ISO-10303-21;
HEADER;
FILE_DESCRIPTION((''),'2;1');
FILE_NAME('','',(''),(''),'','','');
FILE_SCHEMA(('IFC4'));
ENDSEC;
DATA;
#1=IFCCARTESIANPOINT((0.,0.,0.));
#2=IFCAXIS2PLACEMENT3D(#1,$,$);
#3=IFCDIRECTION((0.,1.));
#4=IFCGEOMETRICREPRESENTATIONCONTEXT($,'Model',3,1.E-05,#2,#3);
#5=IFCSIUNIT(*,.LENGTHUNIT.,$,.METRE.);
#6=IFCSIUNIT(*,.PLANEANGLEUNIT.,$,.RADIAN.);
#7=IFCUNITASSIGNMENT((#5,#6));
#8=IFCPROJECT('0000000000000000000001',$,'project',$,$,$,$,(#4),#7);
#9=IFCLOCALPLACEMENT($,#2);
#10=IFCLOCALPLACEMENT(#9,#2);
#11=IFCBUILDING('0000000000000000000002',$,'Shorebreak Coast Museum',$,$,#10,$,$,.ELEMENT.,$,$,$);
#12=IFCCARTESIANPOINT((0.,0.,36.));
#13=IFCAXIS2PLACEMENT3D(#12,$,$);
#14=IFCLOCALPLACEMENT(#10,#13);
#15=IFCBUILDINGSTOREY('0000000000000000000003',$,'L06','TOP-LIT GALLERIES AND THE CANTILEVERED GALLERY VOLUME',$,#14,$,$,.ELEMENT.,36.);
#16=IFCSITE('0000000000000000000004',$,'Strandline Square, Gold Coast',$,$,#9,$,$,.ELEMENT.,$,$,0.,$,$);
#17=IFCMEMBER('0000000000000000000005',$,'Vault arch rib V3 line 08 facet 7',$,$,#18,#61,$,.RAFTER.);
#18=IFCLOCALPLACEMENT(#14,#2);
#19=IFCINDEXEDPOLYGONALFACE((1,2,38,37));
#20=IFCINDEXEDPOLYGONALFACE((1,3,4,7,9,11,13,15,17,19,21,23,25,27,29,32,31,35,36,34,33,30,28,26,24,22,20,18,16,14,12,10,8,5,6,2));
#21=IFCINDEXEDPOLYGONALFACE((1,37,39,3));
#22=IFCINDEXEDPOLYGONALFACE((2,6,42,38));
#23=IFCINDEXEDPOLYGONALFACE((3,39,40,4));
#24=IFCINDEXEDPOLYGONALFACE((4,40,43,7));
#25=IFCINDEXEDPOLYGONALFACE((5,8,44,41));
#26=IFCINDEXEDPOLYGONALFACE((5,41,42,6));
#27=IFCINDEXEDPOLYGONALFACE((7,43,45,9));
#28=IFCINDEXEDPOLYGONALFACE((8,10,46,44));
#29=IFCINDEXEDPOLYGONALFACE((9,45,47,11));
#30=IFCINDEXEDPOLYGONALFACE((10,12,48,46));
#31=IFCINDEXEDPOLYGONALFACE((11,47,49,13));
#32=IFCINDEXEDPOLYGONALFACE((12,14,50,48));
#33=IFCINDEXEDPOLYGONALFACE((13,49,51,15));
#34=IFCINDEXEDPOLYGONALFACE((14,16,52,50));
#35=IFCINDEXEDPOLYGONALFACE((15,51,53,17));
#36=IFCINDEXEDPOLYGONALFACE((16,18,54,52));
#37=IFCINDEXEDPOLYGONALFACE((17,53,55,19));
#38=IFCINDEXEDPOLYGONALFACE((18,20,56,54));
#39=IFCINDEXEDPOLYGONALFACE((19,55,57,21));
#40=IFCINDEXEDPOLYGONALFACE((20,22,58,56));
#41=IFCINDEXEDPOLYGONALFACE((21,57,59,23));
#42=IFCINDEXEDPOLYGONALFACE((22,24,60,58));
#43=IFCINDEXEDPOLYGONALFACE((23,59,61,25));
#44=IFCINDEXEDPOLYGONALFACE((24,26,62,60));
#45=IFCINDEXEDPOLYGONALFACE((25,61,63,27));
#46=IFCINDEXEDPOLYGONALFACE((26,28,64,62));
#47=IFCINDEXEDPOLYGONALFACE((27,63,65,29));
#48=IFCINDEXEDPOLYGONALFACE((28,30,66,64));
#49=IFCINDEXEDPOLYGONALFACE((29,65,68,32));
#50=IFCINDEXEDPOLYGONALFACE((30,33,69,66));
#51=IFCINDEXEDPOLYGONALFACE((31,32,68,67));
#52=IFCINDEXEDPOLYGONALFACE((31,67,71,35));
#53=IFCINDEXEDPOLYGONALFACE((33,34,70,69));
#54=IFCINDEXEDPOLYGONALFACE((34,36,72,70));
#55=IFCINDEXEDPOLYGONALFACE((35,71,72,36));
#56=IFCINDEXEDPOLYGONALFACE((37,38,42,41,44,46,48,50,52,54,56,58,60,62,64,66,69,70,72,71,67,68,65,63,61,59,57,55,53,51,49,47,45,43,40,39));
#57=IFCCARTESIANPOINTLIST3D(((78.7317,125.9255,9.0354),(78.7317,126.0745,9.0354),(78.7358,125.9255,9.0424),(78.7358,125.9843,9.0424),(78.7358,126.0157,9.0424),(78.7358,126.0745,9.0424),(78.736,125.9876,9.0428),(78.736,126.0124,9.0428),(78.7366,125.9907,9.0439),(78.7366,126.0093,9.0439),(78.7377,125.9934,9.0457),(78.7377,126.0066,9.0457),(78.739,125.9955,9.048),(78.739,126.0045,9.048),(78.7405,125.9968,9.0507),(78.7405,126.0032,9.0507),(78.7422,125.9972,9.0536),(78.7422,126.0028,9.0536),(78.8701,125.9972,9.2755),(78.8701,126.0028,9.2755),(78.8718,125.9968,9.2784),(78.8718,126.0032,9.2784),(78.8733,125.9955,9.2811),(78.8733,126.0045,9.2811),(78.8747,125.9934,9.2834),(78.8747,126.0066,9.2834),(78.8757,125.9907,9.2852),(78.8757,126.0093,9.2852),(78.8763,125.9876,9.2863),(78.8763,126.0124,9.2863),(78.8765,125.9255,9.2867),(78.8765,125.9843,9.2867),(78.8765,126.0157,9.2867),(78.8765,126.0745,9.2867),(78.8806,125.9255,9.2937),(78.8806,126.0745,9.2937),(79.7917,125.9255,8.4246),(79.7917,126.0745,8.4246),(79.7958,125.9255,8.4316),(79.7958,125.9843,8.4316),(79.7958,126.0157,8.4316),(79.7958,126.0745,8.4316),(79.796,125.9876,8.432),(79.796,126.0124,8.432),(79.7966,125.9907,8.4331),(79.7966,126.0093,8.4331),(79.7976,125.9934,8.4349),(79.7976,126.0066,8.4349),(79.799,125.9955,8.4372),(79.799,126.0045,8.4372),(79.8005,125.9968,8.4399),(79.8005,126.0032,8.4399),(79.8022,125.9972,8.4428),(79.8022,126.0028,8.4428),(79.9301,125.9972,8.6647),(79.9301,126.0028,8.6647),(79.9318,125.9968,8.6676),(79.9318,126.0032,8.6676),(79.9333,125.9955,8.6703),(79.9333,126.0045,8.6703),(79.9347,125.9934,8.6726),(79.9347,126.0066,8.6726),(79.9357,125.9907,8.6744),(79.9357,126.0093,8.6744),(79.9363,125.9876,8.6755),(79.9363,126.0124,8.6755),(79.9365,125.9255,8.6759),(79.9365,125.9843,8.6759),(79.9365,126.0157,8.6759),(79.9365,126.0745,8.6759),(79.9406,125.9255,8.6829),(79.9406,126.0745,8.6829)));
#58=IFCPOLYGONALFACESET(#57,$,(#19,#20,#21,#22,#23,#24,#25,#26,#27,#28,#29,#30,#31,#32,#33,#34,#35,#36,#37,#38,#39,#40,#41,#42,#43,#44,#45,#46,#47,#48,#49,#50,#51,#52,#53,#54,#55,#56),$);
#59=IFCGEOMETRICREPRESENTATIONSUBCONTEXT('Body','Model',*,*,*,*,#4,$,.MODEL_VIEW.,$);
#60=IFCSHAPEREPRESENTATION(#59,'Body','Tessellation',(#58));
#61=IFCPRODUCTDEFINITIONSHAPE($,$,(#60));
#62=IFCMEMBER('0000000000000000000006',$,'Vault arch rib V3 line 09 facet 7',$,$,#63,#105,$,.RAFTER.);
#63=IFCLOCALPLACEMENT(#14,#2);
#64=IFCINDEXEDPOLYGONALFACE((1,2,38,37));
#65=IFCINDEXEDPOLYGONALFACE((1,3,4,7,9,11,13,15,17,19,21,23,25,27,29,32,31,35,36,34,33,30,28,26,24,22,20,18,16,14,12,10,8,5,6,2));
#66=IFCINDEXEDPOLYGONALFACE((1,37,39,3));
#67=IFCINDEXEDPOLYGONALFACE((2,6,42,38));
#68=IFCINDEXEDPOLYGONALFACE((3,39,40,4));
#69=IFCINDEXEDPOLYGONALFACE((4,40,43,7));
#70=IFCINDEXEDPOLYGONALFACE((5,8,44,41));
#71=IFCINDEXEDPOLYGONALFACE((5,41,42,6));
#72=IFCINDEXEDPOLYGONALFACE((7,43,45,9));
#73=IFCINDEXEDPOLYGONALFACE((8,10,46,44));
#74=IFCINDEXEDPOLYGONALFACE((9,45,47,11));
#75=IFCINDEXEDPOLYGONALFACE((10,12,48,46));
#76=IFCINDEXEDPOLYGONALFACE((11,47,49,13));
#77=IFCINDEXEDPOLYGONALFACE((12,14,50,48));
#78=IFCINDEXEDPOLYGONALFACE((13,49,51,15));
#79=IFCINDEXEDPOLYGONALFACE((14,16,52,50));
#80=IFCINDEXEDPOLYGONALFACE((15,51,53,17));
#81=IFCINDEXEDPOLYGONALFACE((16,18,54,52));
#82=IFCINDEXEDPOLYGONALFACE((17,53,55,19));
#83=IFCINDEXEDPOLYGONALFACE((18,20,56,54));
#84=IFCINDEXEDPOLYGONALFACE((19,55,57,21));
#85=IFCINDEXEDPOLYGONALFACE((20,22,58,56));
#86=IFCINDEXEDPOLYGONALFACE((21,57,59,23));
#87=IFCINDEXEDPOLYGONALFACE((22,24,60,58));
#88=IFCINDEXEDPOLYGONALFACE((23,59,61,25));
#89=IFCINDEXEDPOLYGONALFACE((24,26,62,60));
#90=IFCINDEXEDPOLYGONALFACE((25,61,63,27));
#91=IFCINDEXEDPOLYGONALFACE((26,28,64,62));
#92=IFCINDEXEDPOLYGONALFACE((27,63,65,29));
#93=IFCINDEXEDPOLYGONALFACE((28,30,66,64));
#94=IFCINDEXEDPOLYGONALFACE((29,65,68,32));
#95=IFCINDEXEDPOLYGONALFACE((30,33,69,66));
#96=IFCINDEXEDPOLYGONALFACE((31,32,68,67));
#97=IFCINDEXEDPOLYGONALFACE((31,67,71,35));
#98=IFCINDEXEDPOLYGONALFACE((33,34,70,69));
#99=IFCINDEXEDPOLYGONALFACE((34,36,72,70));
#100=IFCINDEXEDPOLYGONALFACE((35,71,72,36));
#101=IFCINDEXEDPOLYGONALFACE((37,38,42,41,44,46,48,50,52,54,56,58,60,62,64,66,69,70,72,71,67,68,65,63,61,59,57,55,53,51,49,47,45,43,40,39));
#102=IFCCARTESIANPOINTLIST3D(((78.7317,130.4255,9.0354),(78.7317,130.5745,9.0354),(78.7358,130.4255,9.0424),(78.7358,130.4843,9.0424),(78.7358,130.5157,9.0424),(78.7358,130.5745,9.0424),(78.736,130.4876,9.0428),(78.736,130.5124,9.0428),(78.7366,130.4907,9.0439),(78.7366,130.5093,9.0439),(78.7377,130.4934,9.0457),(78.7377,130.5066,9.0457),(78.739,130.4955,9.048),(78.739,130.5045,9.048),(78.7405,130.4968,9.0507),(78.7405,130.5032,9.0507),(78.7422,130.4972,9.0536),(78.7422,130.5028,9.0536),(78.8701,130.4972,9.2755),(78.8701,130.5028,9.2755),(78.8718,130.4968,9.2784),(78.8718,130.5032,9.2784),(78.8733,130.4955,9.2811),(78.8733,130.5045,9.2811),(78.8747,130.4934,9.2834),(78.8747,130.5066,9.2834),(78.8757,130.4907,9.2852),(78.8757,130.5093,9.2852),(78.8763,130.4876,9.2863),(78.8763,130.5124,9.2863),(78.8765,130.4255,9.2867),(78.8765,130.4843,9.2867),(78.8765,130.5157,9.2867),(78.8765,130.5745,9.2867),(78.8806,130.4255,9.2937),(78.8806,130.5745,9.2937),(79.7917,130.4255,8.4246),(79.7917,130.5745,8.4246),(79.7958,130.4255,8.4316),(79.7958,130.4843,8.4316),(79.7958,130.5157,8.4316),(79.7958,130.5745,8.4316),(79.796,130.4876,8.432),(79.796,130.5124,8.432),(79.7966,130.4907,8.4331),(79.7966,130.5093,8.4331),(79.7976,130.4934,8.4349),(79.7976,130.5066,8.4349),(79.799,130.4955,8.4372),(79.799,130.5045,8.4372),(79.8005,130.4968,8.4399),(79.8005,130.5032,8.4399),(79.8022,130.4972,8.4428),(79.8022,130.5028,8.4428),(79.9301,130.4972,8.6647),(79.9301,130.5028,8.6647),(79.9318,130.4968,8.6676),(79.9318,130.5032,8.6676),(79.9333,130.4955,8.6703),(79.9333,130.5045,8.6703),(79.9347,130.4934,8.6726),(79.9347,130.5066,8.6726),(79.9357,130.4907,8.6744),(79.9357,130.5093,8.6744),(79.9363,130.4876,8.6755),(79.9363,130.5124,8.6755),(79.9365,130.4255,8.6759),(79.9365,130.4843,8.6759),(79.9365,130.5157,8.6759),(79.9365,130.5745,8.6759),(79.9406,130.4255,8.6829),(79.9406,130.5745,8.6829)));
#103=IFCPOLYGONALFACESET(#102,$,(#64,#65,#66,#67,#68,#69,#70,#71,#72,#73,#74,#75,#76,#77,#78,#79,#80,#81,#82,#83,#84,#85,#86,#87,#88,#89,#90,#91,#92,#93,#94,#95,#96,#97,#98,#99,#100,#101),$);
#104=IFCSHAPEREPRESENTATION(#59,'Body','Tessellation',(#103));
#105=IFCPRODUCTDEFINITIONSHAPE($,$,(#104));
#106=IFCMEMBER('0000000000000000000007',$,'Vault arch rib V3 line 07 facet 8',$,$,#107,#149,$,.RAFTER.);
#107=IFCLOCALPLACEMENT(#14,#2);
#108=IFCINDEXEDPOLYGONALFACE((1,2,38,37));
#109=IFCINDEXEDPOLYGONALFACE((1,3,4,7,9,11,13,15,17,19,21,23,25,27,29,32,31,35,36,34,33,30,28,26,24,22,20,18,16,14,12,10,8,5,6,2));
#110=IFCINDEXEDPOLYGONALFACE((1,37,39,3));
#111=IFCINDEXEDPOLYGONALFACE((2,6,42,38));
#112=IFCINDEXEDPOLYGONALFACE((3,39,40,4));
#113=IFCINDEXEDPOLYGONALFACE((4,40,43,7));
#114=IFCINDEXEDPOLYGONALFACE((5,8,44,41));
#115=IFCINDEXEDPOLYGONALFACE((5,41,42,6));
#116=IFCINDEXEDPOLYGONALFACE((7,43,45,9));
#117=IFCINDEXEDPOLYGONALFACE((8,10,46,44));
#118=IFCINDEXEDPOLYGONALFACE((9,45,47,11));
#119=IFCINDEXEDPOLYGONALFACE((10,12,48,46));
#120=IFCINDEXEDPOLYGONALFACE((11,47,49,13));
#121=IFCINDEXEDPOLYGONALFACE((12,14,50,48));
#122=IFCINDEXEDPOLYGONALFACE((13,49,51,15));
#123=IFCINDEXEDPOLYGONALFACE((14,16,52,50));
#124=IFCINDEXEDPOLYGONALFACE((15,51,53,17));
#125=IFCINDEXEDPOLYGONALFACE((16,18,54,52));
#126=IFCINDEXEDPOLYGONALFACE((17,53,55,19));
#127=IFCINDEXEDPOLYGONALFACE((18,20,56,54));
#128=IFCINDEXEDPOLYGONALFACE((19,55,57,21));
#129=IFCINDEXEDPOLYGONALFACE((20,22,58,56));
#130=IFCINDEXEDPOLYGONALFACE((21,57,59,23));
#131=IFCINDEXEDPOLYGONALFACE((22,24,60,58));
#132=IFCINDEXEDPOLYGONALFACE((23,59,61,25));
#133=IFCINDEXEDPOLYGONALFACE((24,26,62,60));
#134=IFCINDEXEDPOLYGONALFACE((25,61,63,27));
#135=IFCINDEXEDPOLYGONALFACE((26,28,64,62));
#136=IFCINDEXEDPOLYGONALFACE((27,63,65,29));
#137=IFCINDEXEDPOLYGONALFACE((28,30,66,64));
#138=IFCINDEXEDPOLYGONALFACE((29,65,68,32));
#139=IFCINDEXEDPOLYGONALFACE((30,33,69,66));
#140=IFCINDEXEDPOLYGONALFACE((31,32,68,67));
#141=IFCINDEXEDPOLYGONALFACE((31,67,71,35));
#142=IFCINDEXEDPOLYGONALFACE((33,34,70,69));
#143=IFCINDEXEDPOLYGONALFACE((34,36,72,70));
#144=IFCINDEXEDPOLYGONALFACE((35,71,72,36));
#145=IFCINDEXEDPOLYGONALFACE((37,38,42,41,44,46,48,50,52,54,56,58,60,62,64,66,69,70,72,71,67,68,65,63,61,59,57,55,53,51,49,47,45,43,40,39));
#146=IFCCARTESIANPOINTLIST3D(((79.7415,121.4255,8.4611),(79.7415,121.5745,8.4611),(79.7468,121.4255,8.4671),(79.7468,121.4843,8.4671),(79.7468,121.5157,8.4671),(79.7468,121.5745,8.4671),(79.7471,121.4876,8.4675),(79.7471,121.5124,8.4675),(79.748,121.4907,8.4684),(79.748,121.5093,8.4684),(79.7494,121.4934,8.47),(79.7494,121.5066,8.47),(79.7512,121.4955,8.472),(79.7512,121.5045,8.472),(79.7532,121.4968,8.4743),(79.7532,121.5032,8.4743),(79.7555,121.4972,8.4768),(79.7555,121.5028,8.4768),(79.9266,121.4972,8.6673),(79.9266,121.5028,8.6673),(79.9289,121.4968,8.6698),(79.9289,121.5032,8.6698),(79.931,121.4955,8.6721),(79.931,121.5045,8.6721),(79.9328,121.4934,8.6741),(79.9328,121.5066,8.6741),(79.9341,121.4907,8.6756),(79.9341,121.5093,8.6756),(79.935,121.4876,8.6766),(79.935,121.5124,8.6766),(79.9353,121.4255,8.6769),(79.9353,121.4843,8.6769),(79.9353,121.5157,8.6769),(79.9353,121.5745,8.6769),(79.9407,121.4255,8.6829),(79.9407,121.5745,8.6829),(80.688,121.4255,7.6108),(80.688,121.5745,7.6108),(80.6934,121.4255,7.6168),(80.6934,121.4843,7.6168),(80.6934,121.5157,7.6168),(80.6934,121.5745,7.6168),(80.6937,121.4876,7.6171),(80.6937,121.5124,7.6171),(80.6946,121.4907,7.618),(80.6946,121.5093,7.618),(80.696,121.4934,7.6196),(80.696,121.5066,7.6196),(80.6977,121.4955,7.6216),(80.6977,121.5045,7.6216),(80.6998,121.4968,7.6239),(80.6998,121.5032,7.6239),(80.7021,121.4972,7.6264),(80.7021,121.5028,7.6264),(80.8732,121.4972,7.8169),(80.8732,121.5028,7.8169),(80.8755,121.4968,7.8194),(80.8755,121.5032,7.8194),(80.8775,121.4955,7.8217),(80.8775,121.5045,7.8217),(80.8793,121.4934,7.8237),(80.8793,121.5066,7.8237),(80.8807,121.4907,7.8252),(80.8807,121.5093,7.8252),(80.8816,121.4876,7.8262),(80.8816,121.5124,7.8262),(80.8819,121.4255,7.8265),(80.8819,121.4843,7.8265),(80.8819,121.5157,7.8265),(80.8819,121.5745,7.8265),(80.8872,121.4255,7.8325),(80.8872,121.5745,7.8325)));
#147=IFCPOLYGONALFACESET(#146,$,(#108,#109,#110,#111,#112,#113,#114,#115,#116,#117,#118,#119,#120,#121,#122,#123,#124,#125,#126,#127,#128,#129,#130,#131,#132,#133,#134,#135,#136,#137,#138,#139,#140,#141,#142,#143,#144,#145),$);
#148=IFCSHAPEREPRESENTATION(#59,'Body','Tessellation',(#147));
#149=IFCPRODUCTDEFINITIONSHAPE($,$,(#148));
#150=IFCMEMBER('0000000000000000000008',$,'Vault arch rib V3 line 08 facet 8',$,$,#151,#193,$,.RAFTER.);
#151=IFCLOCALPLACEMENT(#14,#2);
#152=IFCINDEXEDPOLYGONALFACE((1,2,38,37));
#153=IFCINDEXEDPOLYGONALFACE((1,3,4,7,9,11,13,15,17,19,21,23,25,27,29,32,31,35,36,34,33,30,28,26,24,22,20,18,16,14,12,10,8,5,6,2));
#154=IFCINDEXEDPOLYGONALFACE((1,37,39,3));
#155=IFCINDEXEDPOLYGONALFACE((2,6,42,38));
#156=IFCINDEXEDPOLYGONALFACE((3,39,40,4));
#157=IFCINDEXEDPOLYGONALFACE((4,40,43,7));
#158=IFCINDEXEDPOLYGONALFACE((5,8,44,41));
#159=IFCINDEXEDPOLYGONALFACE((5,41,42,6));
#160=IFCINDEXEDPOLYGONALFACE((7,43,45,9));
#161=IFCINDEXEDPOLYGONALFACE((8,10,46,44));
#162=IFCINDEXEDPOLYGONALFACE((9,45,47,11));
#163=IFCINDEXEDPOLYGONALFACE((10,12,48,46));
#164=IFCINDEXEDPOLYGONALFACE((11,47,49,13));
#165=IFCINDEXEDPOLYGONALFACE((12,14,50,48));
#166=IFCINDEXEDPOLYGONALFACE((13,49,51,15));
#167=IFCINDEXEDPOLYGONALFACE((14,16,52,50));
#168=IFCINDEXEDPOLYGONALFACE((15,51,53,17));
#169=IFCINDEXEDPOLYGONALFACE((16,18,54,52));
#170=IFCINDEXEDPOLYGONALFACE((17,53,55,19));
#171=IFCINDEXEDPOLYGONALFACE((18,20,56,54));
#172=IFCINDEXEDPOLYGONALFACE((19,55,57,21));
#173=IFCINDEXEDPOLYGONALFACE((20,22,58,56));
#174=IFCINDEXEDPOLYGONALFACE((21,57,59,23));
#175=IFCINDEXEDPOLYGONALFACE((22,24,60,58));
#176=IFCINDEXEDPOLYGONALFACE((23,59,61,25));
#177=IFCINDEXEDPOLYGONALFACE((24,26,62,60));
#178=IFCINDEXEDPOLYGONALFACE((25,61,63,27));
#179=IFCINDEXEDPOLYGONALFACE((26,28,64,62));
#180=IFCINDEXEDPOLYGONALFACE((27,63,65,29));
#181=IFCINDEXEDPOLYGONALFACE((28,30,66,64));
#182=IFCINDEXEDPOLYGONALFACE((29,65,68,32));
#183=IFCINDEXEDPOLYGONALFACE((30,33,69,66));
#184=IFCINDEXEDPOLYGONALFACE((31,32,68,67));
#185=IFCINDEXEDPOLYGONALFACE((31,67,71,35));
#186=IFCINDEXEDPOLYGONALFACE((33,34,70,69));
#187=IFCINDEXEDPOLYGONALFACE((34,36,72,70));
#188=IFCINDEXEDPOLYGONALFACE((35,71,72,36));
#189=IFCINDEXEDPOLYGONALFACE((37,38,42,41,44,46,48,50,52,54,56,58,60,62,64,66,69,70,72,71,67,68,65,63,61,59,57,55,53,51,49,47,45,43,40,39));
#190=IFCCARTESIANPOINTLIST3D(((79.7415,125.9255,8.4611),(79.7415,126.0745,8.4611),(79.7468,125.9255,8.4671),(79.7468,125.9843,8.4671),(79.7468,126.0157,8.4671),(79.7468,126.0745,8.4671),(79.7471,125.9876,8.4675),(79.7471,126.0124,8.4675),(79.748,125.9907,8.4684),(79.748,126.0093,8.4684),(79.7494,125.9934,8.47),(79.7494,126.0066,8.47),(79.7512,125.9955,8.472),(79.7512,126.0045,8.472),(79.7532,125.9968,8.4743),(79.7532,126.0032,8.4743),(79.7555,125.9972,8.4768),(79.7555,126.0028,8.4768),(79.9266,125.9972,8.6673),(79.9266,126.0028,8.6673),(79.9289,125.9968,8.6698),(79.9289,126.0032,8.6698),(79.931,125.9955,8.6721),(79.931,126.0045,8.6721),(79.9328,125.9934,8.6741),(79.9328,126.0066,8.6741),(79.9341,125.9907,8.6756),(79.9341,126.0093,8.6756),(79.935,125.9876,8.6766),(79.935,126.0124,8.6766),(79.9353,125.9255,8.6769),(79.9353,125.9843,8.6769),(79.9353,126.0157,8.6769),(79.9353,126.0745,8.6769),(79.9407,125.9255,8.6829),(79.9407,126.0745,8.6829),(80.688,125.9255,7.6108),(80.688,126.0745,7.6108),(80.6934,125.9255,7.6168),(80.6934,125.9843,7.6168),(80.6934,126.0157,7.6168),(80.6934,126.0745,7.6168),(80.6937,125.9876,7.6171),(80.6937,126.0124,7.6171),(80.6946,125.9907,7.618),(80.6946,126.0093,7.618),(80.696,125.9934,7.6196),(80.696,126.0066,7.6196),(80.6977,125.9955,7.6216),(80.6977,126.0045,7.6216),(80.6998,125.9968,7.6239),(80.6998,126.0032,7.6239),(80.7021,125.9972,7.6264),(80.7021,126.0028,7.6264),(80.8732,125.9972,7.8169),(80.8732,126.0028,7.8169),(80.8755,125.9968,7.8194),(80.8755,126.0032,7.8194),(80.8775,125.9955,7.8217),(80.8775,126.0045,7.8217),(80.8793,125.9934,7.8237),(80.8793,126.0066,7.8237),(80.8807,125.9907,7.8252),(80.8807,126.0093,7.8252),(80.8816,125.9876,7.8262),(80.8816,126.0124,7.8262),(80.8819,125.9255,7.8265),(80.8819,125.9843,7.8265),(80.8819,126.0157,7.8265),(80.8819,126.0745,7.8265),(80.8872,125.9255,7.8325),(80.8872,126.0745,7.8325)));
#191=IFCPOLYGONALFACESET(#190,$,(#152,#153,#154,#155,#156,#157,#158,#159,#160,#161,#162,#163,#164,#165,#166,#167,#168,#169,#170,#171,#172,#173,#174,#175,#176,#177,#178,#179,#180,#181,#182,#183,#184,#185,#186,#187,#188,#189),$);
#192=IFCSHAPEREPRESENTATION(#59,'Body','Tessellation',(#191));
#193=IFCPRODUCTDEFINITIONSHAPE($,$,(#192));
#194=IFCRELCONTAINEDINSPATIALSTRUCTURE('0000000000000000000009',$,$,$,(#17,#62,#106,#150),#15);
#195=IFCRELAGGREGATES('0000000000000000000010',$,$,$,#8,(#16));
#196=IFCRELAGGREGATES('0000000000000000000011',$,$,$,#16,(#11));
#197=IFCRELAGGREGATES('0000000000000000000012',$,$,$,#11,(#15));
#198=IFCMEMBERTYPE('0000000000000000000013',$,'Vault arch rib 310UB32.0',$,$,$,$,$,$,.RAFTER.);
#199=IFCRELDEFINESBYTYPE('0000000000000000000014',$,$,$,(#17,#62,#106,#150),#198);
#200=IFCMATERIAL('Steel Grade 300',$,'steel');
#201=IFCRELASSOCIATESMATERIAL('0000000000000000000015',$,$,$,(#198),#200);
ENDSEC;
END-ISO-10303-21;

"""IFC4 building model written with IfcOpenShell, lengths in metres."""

from ifc_helpers import new_model, si_unit, direction, frame, origin, origin_2d, place, context, subcontext, project, spatial, i_section, extrude, material, material_profile, profile_set, type_object, element, save


model = new_model("IFC4")

# Units and contexts
model_context = context("Model", 3, precision=1e-05, world=origin(), true_north=direction((0.0, 1.0)))
body_context = subcontext(model_context, "Body", "Model", "MODEL_VIEW")
ifc_project = project(units=[si_unit("LENGTHUNIT", "METRE"), si_unit("PLANEANGLEUNIT", "RADIAN")], contexts=[model_context])

# Site, building, storey
site_placement = place(None, origin())
site = spatial("IfcSite", under=ifc_project, at=site_placement, Name="Strandline Square, Gold Coast", CompositionType="ELEMENT", RefElevation=0.0)
building_placement = place(site_placement, origin())
building = spatial("IfcBuilding", under=site, at=building_placement, Name="Shorebreak Coast Museum", CompositionType="ELEMENT")
storey_placement = place(building_placement, frame((0.0, 0.0, 36.0)))
storey = spatial("IfcBuildingStorey", under=building, at=storey_placement, Name="L06", Description="TOP-LIT GALLERIES AND THE CANTILEVERED GALLERY VOLUME", CompositionType="ELEMENT", Elevation=36.0)

# Members
ifc_material_1 = material(Name="Steel Grade 300", Category="steel")
ifc_material_profile_1 = material_profile(ifc_material_1, i_section(OverallWidth=0.1489, OverallDepth=0.2981, WebThickness=0.0056, FlangeThickness=0.0081, FilletRadius=0.0129, at=origin_2d()), Name="310UB32.0")
ifc_profile_set_1 = profile_set([ifc_material_profile_1], Name="Steel Grade 300")
member_type_1 = type_object("IfcMemberType", Name="Vault arch rib 310UB32.0", PredefinedType="RAFTER", material=ifc_profile_set_1)
for number, where, z_axis, x_axis, name in (
    (1, (78.8062, 126.0, 9.1646), (0.866445, 0.0, -0.499273), (0.0, 1.0, 0.0), "Vault arch rib V3 line 08 facet 7"),
    (2, (78.8062, 130.5, 9.1646), (0.866445, 0.0, -0.499273), (0.0, 1.0, 0.0), "Vault arch rib V3 line 09 facet 7"),
):
    element("IfcMember", number, at=place(storey_placement, frame(where, z_axis=z_axis, x_axis=x_axis)), inside=storey, type_object=member_type_1, Name=name, PredefinedType="RAFTER", context=body_context, shape_type="SweptSolid", body=[
        extrude(i_section(OverallWidth=0.1489, OverallDepth=0.2981, WebThickness=0.0056, FlangeThickness=0.0081, FilletRadius=0.0129, at=origin_2d()), origin(), (0.0, 0.0, 1.0), 1.2234),
    ])
for number, where, z_axis, x_axis, name in (
    (3, (79.8411, 121.5, 8.572), (0.743895, 0.0, -0.668297), (0.0, 1.0, 0.0), "Vault arch rib V3 line 07 facet 8"),
    (4, (79.8411, 126.0, 8.572), (0.743895, 0.0, -0.668297), (0.0, 1.0, 0.0), "Vault arch rib V3 line 08 facet 8"),
):
    element("IfcMember", number, at=place(storey_placement, frame(where, z_axis=z_axis, x_axis=x_axis)), inside=storey, type_object=member_type_1, Name=name, PredefinedType="RAFTER", context=body_context, shape_type="SweptSolid", body=[
        extrude(i_section(OverallWidth=0.1489, OverallDepth=0.2981, WebThickness=0.0056, FlangeThickness=0.0081, FilletRadius=0.0129, at=origin_2d()), origin(), (0.0, 0.0, 1.0), 1.2725),
    ])

save(model, "model.ifc")
